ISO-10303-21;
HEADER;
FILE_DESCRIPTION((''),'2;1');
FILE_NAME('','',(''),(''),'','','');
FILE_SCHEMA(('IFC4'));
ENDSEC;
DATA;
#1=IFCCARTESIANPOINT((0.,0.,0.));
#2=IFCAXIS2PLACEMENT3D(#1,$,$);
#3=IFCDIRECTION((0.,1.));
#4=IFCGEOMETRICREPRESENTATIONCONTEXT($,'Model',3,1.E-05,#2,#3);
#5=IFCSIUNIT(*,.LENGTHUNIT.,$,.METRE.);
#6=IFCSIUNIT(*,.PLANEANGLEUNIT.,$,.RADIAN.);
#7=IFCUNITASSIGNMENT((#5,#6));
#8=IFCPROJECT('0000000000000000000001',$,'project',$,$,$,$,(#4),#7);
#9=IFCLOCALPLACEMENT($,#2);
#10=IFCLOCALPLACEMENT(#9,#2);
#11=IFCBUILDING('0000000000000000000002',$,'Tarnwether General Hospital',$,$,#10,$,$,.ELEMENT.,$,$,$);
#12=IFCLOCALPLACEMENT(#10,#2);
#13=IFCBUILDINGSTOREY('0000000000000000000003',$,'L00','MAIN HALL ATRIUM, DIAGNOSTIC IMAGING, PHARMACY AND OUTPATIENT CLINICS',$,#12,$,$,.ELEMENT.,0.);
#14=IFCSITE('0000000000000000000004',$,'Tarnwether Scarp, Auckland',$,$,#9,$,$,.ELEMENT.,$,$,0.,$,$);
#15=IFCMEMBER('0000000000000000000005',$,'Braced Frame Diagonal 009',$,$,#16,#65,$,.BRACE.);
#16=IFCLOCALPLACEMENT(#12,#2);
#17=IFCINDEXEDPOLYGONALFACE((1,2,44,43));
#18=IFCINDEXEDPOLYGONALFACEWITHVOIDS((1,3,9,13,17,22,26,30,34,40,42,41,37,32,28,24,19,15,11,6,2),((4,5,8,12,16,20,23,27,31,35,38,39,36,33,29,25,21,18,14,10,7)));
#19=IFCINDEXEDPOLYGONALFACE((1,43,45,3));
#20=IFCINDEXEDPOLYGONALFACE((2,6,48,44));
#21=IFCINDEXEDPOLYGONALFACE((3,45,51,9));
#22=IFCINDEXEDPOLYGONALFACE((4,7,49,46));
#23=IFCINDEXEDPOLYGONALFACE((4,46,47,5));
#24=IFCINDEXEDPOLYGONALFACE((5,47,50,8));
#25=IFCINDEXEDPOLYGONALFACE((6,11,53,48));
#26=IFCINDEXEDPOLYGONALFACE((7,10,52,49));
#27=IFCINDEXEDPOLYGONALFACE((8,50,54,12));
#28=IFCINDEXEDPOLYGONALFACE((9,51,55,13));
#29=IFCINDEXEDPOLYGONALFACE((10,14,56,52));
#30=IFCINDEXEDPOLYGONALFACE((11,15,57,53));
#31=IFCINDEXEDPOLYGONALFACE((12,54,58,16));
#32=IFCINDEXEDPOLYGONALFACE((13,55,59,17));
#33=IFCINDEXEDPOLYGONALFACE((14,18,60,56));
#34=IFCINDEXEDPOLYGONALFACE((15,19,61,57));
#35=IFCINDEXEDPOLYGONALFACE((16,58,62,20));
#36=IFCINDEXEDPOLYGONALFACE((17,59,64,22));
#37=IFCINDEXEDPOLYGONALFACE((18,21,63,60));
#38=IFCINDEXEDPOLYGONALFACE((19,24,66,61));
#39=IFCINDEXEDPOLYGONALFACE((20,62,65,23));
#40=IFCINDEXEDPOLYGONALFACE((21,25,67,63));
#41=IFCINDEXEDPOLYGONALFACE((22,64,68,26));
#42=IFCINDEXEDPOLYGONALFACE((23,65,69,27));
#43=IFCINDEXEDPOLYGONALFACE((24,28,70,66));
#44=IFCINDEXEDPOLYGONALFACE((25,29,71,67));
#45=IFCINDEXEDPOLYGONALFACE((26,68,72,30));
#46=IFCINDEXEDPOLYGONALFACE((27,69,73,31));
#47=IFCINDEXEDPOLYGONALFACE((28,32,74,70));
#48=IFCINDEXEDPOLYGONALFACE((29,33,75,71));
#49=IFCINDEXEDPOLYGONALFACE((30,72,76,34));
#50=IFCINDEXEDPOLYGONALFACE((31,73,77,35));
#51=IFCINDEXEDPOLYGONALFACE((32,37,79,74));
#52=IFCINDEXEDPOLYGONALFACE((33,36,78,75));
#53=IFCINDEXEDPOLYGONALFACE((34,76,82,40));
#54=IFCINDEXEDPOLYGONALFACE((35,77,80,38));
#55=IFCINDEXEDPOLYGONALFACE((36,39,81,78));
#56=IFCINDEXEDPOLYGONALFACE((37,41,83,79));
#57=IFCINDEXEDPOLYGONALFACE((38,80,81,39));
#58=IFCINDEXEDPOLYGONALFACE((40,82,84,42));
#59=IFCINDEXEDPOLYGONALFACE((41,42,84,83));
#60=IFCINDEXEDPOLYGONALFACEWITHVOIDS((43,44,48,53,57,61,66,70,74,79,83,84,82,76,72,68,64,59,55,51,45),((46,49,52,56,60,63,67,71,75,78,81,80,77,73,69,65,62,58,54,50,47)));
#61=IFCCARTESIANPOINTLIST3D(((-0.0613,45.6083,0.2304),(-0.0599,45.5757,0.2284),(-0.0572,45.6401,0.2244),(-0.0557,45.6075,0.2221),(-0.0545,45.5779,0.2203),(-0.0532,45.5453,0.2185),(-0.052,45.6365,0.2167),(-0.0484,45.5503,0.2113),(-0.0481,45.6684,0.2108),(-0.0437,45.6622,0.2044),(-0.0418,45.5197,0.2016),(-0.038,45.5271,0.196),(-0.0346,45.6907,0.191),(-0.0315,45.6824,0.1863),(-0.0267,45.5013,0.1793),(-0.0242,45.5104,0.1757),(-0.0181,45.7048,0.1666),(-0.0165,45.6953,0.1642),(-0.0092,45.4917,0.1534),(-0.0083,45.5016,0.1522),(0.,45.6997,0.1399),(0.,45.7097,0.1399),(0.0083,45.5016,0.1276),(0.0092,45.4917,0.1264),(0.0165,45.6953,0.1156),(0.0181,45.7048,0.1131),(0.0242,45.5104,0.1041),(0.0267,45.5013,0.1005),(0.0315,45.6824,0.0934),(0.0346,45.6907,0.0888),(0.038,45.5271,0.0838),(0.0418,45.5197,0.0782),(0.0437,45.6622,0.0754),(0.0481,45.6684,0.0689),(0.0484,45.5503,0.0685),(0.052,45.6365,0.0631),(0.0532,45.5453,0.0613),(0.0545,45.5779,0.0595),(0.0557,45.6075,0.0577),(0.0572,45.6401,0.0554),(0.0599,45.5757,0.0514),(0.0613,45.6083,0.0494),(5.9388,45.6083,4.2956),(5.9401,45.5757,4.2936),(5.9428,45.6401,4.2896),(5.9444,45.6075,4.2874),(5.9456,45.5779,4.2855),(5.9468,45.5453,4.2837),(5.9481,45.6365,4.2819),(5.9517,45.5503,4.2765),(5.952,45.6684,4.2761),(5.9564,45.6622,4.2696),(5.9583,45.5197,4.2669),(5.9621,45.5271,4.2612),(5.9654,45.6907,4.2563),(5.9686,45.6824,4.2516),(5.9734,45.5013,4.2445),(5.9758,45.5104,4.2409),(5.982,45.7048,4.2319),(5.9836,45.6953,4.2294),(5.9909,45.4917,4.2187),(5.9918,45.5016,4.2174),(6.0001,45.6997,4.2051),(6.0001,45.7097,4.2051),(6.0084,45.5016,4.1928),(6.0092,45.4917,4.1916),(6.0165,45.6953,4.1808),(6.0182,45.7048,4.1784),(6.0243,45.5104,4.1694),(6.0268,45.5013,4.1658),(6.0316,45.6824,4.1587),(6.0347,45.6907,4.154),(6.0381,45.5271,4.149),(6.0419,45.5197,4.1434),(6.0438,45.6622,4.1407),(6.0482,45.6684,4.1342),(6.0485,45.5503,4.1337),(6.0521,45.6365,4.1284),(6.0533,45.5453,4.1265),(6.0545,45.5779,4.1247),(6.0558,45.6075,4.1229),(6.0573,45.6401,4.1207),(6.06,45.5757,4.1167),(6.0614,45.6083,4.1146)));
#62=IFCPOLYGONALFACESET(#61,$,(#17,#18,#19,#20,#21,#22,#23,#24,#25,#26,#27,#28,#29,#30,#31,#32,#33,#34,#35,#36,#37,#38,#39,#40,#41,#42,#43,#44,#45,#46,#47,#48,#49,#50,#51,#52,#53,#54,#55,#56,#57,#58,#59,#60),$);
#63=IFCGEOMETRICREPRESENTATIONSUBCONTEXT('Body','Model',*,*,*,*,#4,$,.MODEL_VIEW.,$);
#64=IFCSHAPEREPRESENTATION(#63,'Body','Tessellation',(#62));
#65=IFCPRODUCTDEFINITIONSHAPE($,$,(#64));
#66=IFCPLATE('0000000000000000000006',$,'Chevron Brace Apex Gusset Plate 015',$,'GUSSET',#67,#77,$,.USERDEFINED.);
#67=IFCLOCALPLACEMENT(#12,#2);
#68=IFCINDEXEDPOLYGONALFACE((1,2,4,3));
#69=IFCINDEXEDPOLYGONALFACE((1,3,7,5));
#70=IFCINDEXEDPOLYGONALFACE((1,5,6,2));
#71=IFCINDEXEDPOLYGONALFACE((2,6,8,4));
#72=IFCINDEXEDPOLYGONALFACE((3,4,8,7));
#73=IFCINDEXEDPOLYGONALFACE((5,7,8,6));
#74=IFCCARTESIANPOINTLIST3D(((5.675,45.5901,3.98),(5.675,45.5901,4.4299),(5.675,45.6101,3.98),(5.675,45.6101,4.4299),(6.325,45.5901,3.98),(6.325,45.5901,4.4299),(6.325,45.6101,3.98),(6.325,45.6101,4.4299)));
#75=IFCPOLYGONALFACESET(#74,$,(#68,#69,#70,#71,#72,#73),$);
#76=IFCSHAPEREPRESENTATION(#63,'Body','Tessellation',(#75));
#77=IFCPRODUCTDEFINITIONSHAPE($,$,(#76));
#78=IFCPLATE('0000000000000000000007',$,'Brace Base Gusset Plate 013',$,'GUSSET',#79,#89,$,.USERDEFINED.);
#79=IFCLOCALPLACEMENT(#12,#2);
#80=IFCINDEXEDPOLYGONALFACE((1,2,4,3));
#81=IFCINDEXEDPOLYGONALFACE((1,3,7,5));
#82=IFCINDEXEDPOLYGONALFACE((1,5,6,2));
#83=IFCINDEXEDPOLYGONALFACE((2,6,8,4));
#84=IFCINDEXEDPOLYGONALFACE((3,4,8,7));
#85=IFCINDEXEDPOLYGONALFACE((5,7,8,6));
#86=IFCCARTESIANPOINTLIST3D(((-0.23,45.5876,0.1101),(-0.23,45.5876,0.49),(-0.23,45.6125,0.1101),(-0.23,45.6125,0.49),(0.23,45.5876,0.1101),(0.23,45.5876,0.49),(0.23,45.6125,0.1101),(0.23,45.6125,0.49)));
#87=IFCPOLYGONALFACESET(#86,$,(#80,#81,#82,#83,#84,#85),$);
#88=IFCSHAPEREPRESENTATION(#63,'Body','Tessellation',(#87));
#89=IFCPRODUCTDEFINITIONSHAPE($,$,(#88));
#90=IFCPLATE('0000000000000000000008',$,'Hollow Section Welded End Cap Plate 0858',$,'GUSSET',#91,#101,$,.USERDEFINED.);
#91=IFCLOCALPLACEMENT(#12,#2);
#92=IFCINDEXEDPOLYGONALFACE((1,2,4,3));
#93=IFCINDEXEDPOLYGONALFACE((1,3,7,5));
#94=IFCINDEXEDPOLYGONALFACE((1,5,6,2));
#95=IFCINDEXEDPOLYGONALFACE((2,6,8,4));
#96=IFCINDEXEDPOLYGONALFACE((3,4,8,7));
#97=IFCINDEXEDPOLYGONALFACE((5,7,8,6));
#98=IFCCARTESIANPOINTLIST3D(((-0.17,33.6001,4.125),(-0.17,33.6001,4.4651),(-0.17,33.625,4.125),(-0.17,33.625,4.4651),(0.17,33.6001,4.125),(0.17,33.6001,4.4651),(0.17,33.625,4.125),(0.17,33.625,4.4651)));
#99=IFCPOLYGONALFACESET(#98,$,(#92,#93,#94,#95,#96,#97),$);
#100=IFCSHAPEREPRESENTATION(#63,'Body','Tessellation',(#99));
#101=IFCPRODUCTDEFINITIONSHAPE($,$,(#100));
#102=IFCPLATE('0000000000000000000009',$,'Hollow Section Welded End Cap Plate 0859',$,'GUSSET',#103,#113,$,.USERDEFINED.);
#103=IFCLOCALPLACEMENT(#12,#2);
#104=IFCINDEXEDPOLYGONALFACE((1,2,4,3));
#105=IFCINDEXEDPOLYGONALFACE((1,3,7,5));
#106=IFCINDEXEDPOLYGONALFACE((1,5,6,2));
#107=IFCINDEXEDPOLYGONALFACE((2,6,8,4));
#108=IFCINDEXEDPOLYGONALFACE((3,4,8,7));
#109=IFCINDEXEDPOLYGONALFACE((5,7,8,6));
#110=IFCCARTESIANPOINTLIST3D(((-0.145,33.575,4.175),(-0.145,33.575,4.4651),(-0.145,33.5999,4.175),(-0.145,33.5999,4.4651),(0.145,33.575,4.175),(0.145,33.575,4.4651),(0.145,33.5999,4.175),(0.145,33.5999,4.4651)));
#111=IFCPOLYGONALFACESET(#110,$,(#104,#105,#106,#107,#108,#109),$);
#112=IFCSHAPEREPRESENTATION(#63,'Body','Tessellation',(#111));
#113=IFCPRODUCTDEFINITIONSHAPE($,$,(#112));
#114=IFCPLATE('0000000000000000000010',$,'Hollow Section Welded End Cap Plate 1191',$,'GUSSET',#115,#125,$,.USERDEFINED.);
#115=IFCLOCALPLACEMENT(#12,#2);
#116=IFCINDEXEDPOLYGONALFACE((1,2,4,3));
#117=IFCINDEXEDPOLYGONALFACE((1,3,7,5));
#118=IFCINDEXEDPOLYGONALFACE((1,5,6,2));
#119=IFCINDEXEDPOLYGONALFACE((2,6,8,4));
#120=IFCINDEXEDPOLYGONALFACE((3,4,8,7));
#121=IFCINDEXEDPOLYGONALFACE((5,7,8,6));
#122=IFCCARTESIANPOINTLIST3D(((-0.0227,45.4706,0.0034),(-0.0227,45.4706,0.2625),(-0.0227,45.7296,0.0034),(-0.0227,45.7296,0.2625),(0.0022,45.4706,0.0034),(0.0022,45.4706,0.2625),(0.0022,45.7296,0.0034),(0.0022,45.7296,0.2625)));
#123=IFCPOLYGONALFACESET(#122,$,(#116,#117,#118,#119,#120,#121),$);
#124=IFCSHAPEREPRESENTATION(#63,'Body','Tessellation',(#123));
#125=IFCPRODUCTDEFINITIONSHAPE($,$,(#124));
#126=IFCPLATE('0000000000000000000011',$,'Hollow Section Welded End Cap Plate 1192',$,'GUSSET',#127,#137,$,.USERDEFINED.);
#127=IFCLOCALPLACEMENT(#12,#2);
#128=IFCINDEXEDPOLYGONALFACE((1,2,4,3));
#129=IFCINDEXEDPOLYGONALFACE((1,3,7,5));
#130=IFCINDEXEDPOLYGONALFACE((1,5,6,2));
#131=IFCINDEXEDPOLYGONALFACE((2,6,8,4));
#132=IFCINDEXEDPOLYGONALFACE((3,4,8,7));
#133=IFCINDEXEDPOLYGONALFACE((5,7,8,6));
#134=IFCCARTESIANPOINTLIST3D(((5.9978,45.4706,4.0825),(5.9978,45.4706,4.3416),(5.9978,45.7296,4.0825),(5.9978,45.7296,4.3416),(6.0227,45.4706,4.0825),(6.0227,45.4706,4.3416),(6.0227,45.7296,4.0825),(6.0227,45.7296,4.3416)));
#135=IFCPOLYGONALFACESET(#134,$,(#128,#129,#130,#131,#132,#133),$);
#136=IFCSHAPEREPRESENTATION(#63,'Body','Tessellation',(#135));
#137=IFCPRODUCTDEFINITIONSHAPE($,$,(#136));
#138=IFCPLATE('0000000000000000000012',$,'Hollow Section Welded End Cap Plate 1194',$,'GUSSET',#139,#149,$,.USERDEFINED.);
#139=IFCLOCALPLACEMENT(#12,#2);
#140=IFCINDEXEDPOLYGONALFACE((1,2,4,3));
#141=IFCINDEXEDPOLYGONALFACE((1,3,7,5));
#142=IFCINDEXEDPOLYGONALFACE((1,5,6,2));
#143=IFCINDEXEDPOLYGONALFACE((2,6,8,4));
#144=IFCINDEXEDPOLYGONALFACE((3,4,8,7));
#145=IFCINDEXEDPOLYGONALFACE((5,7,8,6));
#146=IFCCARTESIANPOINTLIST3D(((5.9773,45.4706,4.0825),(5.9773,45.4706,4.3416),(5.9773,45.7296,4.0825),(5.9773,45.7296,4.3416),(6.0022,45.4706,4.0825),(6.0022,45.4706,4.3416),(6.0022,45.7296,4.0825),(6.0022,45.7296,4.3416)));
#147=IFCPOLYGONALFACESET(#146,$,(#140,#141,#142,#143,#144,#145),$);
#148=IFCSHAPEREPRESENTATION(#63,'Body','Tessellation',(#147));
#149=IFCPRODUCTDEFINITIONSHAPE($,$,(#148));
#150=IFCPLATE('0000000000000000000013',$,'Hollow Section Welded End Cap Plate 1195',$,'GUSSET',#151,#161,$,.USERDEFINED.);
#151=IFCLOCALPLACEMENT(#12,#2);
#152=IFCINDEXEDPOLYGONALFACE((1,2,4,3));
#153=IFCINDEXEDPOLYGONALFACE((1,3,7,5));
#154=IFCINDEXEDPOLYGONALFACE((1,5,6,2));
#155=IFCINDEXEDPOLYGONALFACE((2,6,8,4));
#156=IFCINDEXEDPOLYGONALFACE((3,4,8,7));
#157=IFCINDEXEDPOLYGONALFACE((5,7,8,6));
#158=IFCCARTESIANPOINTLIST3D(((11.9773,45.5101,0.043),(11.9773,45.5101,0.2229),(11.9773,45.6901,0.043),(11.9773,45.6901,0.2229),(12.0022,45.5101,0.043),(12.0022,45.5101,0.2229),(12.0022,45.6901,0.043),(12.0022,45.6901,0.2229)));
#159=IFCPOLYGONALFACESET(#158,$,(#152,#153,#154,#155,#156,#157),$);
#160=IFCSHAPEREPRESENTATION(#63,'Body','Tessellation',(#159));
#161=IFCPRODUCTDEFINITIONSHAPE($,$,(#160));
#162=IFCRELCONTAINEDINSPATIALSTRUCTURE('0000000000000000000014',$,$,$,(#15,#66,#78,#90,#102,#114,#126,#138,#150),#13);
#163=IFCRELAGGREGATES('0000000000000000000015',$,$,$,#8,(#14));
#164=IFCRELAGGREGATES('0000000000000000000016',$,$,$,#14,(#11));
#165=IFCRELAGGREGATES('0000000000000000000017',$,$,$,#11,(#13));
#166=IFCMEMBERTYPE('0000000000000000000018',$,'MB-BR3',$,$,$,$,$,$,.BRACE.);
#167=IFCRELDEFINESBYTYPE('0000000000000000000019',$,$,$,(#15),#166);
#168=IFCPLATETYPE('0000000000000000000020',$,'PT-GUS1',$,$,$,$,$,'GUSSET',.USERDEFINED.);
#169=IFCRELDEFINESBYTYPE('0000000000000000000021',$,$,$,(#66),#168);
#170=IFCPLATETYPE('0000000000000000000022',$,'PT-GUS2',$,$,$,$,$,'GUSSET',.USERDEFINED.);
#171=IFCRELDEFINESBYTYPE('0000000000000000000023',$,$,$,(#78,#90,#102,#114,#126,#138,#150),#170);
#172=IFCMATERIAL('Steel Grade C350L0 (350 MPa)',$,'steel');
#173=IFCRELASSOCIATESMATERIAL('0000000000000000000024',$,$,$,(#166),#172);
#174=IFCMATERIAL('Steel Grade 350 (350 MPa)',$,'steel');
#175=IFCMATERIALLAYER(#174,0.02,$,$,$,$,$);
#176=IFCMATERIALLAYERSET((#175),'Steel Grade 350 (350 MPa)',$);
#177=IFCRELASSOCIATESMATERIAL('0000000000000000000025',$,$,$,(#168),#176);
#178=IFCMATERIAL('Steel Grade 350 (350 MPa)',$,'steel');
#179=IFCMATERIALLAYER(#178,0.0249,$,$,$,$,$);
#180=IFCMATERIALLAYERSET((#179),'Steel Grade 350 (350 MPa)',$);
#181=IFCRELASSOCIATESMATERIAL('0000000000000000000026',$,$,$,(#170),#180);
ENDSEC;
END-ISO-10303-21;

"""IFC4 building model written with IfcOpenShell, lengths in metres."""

from ifc_helpers import new_model, si_unit, direction, frame, origin, origin_2d, place, context, subcontext, project, spatial, rectangle, hollow_circle, extrude, material, layer, layer_set, material_profile, profile_set, type_object, element, save


model = new_model("IFC4")

# Units and contexts
model_context = context("Model", 3, precision=1e-05, world=origin(), true_north=direction((0.0, 1.0)))
body_context = subcontext(model_context, "Body", "Model", "MODEL_VIEW")
ifc_project = project(units=[si_unit("LENGTHUNIT", "METRE"), si_unit("PLANEANGLEUNIT", "RADIAN")], contexts=[model_context])

# Site, building, storey
site_placement = place(None, origin())
site = spatial("IfcSite", under=ifc_project, at=site_placement, Name="Tarnwether Scarp, Auckland", CompositionType="ELEMENT", RefElevation=0.0)
building_placement = place(site_placement, origin())
building = spatial("IfcBuilding", under=site, at=building_placement, Name="Tarnwether General Hospital", CompositionType="ELEMENT")
storey_placement = place(building_placement, origin())
storey = spatial("IfcBuildingStorey", under=building, at=storey_placement, Name="L00", Description="MAIN HALL ATRIUM, DIAGNOSTIC IMAGING, PHARMACY AND OUTPATIENT CLINICS", CompositionType="ELEMENT", Elevation=0.0)

# Member
ifc_material_1 = material(Name="Steel Grade C350L0 (350 MPa)", Category="steel")
ifc_material_profile_1 = material_profile(ifc_material_1, hollow_circle(Radius=0.1096, WallThickness=0.01, at=origin_2d()), Name="CHS219.1x10.0")
ifc_profile_set_1 = profile_set([ifc_material_profile_1], Name="Steel Grade C350L0 (350 MPa)")
member_type = type_object("IfcMemberType", Name="MB-BR3", PredefinedType="BRACE", material=ifc_profile_set_1)
member_placement = place(storey_placement, frame((0.0, 45.6001, 0.1399), z_axis=(0.827876, 0.0, 0.560911), x_axis=(0.0, 1.0, 0.0)))
element("IfcMember", 1, at=member_placement, inside=storey, type_object=member_type, Name="Braced Frame Diagonal 009", PredefinedType="BRACE", context=body_context, shape_type="SweptSolid", body=[
    extrude(hollow_circle(Radius=0.1096, WallThickness=0.01, at=origin_2d()), origin(), (0.0, 0.0, 1.0), 7.2476),
])

# Plates
ifc_material_2 = material(Name="Steel Grade 350 (350 MPa)", Category="steel")
ifc_layer_1 = layer(ifc_material_2, 0.02)
ifc_layer_set_1 = layer_set([ifc_layer_1], Name="Steel Grade 350 (350 MPa)")
plate_type_1 = type_object("IfcPlateType", Name="PT-GUS1", ElementType="GUSSET", PredefinedType="USERDEFINED", material=ifc_layer_set_1)
plate_1_placement = place(storey_placement, frame((6.0, 45.6001, 3.98), z_axis=(0.0, 0.0, 1.0), x_axis=(1.0, 0.0, 0.0)))
element("IfcPlate", 2, at=plate_1_placement, inside=storey, type_object=plate_type_1, Name="Chevron Brace Apex Gusset Plate 015", ObjectType="GUSSET", PredefinedType="USERDEFINED", context=body_context, shape_type="SweptSolid", body=[
    extrude(rectangle(XDim=0.6499, YDim=0.02, at=origin_2d()), origin(), (0.0, 0.0, 1.0), 0.45),
])
ifc_material_3 = material(Name="Steel Grade 350 (350 MPa)", Category="steel")
ifc_layer_2 = layer(ifc_material_3, 0.0249)
ifc_layer_set_2 = layer_set([ifc_layer_2], Name="Steel Grade 350 (350 MPa)")
plate_type_2 = type_object("IfcPlateType", Name="PT-GUS2", ElementType="GUSSET", PredefinedType="USERDEFINED", material=ifc_layer_set_2)
plate_2_placement = place(storey_placement, frame((0.0, 45.6001, 0.1101), z_axis=(0.0, 0.0, 1.0), x_axis=(1.0, 0.0, 0.0)))
element("IfcPlate", 3, at=plate_2_placement, inside=storey, type_object=plate_type_2, Name="Brace Base Gusset Plate 013", ObjectType="GUSSET", PredefinedType="USERDEFINED", context=body_context, shape_type="SweptSolid", body=[
    extrude(rectangle(XDim=0.46, YDim=0.0249, at=origin_2d()), origin(), (0.0, 0.0, 1.0), 0.3799),
])
plate_3_placement = place(storey_placement, frame((0.0, 33.6125, 4.125), z_axis=(0.0, 0.0, 1.0), x_axis=(0.0, 1.0, 0.0)))
element("IfcPlate", 4, at=plate_3_placement, inside=storey, type_object=plate_type_2, Name="Hollow Section Welded End Cap Plate 0858", ObjectType="GUSSET", PredefinedType="USERDEFINED", context=body_context, shape_type="SweptSolid", body=[
    extrude(rectangle(XDim=0.0249, YDim=0.3401, at=origin_2d()), origin(), (0.0, 0.0, 1.0), 0.3401),
])
plate_4_placement = place(storey_placement, frame((0.0, 33.5874, 4.175), z_axis=(0.0, 0.0, 1.0), x_axis=(0.0, 1.0, 0.0)))
element("IfcPlate", 5, at=plate_4_placement, inside=storey, type_object=plate_type_2, Name="Hollow Section Welded End Cap Plate 0859", ObjectType="GUSSET", PredefinedType="USERDEFINED", context=body_context, shape_type="SweptSolid", body=[
    extrude(rectangle(XDim=0.0249, YDim=0.29, at=origin_2d()), origin(), (0.0, 0.0, 1.0), 0.29),
])
for number, where, z_axis, x_axis, name in (
    (6, (-0.0103, 45.6001, 0.0034), (0.0, 0.0, 1.0), (1.0, 0.0, 0.0), "Hollow Section Welded End Cap Plate 1191"),
    (7, (6.0103, 45.6001, 4.0825), (0.0, 0.0, 1.0), (1.0, 0.0, 0.0), "Hollow Section Welded End Cap Plate 1192"),
    (8, (5.9897, 45.6001, 4.0825), (0.0, 0.0, 1.0), (-1.0, 0.0, 0.0), "Hollow Section Welded End Cap Plate 1194"),
):
    element("IfcPlate", number, at=place(storey_placement, frame(where, z_axis=z_axis, x_axis=x_axis)), inside=storey, type_object=plate_type_2, Name=name, ObjectType="GUSSET", PredefinedType="USERDEFINED", context=body_context, shape_type="SweptSolid", body=[
        extrude(rectangle(XDim=0.0249, YDim=0.259, at=origin_2d()), origin(), (0.0, 0.0, 1.0), 0.259),
    ])
plate_5_placement = place(storey_placement, frame((11.9897, 45.6001, 0.043), z_axis=(0.0, 0.0, 1.0), x_axis=(1.0, 0.0, 0.0)))
element("IfcPlate", 9, at=plate_5_placement, inside=storey, type_object=plate_type_2, Name="Hollow Section Welded End Cap Plate 1195", ObjectType="GUSSET", PredefinedType="USERDEFINED", context=body_context, shape_type="SweptSolid", body=[
    extrude(rectangle(XDim=0.0249, YDim=0.1799, at=origin_2d()), origin(), (0.0, 0.0, 1.0), 0.1799),
])

save(model, "model.ifc")
